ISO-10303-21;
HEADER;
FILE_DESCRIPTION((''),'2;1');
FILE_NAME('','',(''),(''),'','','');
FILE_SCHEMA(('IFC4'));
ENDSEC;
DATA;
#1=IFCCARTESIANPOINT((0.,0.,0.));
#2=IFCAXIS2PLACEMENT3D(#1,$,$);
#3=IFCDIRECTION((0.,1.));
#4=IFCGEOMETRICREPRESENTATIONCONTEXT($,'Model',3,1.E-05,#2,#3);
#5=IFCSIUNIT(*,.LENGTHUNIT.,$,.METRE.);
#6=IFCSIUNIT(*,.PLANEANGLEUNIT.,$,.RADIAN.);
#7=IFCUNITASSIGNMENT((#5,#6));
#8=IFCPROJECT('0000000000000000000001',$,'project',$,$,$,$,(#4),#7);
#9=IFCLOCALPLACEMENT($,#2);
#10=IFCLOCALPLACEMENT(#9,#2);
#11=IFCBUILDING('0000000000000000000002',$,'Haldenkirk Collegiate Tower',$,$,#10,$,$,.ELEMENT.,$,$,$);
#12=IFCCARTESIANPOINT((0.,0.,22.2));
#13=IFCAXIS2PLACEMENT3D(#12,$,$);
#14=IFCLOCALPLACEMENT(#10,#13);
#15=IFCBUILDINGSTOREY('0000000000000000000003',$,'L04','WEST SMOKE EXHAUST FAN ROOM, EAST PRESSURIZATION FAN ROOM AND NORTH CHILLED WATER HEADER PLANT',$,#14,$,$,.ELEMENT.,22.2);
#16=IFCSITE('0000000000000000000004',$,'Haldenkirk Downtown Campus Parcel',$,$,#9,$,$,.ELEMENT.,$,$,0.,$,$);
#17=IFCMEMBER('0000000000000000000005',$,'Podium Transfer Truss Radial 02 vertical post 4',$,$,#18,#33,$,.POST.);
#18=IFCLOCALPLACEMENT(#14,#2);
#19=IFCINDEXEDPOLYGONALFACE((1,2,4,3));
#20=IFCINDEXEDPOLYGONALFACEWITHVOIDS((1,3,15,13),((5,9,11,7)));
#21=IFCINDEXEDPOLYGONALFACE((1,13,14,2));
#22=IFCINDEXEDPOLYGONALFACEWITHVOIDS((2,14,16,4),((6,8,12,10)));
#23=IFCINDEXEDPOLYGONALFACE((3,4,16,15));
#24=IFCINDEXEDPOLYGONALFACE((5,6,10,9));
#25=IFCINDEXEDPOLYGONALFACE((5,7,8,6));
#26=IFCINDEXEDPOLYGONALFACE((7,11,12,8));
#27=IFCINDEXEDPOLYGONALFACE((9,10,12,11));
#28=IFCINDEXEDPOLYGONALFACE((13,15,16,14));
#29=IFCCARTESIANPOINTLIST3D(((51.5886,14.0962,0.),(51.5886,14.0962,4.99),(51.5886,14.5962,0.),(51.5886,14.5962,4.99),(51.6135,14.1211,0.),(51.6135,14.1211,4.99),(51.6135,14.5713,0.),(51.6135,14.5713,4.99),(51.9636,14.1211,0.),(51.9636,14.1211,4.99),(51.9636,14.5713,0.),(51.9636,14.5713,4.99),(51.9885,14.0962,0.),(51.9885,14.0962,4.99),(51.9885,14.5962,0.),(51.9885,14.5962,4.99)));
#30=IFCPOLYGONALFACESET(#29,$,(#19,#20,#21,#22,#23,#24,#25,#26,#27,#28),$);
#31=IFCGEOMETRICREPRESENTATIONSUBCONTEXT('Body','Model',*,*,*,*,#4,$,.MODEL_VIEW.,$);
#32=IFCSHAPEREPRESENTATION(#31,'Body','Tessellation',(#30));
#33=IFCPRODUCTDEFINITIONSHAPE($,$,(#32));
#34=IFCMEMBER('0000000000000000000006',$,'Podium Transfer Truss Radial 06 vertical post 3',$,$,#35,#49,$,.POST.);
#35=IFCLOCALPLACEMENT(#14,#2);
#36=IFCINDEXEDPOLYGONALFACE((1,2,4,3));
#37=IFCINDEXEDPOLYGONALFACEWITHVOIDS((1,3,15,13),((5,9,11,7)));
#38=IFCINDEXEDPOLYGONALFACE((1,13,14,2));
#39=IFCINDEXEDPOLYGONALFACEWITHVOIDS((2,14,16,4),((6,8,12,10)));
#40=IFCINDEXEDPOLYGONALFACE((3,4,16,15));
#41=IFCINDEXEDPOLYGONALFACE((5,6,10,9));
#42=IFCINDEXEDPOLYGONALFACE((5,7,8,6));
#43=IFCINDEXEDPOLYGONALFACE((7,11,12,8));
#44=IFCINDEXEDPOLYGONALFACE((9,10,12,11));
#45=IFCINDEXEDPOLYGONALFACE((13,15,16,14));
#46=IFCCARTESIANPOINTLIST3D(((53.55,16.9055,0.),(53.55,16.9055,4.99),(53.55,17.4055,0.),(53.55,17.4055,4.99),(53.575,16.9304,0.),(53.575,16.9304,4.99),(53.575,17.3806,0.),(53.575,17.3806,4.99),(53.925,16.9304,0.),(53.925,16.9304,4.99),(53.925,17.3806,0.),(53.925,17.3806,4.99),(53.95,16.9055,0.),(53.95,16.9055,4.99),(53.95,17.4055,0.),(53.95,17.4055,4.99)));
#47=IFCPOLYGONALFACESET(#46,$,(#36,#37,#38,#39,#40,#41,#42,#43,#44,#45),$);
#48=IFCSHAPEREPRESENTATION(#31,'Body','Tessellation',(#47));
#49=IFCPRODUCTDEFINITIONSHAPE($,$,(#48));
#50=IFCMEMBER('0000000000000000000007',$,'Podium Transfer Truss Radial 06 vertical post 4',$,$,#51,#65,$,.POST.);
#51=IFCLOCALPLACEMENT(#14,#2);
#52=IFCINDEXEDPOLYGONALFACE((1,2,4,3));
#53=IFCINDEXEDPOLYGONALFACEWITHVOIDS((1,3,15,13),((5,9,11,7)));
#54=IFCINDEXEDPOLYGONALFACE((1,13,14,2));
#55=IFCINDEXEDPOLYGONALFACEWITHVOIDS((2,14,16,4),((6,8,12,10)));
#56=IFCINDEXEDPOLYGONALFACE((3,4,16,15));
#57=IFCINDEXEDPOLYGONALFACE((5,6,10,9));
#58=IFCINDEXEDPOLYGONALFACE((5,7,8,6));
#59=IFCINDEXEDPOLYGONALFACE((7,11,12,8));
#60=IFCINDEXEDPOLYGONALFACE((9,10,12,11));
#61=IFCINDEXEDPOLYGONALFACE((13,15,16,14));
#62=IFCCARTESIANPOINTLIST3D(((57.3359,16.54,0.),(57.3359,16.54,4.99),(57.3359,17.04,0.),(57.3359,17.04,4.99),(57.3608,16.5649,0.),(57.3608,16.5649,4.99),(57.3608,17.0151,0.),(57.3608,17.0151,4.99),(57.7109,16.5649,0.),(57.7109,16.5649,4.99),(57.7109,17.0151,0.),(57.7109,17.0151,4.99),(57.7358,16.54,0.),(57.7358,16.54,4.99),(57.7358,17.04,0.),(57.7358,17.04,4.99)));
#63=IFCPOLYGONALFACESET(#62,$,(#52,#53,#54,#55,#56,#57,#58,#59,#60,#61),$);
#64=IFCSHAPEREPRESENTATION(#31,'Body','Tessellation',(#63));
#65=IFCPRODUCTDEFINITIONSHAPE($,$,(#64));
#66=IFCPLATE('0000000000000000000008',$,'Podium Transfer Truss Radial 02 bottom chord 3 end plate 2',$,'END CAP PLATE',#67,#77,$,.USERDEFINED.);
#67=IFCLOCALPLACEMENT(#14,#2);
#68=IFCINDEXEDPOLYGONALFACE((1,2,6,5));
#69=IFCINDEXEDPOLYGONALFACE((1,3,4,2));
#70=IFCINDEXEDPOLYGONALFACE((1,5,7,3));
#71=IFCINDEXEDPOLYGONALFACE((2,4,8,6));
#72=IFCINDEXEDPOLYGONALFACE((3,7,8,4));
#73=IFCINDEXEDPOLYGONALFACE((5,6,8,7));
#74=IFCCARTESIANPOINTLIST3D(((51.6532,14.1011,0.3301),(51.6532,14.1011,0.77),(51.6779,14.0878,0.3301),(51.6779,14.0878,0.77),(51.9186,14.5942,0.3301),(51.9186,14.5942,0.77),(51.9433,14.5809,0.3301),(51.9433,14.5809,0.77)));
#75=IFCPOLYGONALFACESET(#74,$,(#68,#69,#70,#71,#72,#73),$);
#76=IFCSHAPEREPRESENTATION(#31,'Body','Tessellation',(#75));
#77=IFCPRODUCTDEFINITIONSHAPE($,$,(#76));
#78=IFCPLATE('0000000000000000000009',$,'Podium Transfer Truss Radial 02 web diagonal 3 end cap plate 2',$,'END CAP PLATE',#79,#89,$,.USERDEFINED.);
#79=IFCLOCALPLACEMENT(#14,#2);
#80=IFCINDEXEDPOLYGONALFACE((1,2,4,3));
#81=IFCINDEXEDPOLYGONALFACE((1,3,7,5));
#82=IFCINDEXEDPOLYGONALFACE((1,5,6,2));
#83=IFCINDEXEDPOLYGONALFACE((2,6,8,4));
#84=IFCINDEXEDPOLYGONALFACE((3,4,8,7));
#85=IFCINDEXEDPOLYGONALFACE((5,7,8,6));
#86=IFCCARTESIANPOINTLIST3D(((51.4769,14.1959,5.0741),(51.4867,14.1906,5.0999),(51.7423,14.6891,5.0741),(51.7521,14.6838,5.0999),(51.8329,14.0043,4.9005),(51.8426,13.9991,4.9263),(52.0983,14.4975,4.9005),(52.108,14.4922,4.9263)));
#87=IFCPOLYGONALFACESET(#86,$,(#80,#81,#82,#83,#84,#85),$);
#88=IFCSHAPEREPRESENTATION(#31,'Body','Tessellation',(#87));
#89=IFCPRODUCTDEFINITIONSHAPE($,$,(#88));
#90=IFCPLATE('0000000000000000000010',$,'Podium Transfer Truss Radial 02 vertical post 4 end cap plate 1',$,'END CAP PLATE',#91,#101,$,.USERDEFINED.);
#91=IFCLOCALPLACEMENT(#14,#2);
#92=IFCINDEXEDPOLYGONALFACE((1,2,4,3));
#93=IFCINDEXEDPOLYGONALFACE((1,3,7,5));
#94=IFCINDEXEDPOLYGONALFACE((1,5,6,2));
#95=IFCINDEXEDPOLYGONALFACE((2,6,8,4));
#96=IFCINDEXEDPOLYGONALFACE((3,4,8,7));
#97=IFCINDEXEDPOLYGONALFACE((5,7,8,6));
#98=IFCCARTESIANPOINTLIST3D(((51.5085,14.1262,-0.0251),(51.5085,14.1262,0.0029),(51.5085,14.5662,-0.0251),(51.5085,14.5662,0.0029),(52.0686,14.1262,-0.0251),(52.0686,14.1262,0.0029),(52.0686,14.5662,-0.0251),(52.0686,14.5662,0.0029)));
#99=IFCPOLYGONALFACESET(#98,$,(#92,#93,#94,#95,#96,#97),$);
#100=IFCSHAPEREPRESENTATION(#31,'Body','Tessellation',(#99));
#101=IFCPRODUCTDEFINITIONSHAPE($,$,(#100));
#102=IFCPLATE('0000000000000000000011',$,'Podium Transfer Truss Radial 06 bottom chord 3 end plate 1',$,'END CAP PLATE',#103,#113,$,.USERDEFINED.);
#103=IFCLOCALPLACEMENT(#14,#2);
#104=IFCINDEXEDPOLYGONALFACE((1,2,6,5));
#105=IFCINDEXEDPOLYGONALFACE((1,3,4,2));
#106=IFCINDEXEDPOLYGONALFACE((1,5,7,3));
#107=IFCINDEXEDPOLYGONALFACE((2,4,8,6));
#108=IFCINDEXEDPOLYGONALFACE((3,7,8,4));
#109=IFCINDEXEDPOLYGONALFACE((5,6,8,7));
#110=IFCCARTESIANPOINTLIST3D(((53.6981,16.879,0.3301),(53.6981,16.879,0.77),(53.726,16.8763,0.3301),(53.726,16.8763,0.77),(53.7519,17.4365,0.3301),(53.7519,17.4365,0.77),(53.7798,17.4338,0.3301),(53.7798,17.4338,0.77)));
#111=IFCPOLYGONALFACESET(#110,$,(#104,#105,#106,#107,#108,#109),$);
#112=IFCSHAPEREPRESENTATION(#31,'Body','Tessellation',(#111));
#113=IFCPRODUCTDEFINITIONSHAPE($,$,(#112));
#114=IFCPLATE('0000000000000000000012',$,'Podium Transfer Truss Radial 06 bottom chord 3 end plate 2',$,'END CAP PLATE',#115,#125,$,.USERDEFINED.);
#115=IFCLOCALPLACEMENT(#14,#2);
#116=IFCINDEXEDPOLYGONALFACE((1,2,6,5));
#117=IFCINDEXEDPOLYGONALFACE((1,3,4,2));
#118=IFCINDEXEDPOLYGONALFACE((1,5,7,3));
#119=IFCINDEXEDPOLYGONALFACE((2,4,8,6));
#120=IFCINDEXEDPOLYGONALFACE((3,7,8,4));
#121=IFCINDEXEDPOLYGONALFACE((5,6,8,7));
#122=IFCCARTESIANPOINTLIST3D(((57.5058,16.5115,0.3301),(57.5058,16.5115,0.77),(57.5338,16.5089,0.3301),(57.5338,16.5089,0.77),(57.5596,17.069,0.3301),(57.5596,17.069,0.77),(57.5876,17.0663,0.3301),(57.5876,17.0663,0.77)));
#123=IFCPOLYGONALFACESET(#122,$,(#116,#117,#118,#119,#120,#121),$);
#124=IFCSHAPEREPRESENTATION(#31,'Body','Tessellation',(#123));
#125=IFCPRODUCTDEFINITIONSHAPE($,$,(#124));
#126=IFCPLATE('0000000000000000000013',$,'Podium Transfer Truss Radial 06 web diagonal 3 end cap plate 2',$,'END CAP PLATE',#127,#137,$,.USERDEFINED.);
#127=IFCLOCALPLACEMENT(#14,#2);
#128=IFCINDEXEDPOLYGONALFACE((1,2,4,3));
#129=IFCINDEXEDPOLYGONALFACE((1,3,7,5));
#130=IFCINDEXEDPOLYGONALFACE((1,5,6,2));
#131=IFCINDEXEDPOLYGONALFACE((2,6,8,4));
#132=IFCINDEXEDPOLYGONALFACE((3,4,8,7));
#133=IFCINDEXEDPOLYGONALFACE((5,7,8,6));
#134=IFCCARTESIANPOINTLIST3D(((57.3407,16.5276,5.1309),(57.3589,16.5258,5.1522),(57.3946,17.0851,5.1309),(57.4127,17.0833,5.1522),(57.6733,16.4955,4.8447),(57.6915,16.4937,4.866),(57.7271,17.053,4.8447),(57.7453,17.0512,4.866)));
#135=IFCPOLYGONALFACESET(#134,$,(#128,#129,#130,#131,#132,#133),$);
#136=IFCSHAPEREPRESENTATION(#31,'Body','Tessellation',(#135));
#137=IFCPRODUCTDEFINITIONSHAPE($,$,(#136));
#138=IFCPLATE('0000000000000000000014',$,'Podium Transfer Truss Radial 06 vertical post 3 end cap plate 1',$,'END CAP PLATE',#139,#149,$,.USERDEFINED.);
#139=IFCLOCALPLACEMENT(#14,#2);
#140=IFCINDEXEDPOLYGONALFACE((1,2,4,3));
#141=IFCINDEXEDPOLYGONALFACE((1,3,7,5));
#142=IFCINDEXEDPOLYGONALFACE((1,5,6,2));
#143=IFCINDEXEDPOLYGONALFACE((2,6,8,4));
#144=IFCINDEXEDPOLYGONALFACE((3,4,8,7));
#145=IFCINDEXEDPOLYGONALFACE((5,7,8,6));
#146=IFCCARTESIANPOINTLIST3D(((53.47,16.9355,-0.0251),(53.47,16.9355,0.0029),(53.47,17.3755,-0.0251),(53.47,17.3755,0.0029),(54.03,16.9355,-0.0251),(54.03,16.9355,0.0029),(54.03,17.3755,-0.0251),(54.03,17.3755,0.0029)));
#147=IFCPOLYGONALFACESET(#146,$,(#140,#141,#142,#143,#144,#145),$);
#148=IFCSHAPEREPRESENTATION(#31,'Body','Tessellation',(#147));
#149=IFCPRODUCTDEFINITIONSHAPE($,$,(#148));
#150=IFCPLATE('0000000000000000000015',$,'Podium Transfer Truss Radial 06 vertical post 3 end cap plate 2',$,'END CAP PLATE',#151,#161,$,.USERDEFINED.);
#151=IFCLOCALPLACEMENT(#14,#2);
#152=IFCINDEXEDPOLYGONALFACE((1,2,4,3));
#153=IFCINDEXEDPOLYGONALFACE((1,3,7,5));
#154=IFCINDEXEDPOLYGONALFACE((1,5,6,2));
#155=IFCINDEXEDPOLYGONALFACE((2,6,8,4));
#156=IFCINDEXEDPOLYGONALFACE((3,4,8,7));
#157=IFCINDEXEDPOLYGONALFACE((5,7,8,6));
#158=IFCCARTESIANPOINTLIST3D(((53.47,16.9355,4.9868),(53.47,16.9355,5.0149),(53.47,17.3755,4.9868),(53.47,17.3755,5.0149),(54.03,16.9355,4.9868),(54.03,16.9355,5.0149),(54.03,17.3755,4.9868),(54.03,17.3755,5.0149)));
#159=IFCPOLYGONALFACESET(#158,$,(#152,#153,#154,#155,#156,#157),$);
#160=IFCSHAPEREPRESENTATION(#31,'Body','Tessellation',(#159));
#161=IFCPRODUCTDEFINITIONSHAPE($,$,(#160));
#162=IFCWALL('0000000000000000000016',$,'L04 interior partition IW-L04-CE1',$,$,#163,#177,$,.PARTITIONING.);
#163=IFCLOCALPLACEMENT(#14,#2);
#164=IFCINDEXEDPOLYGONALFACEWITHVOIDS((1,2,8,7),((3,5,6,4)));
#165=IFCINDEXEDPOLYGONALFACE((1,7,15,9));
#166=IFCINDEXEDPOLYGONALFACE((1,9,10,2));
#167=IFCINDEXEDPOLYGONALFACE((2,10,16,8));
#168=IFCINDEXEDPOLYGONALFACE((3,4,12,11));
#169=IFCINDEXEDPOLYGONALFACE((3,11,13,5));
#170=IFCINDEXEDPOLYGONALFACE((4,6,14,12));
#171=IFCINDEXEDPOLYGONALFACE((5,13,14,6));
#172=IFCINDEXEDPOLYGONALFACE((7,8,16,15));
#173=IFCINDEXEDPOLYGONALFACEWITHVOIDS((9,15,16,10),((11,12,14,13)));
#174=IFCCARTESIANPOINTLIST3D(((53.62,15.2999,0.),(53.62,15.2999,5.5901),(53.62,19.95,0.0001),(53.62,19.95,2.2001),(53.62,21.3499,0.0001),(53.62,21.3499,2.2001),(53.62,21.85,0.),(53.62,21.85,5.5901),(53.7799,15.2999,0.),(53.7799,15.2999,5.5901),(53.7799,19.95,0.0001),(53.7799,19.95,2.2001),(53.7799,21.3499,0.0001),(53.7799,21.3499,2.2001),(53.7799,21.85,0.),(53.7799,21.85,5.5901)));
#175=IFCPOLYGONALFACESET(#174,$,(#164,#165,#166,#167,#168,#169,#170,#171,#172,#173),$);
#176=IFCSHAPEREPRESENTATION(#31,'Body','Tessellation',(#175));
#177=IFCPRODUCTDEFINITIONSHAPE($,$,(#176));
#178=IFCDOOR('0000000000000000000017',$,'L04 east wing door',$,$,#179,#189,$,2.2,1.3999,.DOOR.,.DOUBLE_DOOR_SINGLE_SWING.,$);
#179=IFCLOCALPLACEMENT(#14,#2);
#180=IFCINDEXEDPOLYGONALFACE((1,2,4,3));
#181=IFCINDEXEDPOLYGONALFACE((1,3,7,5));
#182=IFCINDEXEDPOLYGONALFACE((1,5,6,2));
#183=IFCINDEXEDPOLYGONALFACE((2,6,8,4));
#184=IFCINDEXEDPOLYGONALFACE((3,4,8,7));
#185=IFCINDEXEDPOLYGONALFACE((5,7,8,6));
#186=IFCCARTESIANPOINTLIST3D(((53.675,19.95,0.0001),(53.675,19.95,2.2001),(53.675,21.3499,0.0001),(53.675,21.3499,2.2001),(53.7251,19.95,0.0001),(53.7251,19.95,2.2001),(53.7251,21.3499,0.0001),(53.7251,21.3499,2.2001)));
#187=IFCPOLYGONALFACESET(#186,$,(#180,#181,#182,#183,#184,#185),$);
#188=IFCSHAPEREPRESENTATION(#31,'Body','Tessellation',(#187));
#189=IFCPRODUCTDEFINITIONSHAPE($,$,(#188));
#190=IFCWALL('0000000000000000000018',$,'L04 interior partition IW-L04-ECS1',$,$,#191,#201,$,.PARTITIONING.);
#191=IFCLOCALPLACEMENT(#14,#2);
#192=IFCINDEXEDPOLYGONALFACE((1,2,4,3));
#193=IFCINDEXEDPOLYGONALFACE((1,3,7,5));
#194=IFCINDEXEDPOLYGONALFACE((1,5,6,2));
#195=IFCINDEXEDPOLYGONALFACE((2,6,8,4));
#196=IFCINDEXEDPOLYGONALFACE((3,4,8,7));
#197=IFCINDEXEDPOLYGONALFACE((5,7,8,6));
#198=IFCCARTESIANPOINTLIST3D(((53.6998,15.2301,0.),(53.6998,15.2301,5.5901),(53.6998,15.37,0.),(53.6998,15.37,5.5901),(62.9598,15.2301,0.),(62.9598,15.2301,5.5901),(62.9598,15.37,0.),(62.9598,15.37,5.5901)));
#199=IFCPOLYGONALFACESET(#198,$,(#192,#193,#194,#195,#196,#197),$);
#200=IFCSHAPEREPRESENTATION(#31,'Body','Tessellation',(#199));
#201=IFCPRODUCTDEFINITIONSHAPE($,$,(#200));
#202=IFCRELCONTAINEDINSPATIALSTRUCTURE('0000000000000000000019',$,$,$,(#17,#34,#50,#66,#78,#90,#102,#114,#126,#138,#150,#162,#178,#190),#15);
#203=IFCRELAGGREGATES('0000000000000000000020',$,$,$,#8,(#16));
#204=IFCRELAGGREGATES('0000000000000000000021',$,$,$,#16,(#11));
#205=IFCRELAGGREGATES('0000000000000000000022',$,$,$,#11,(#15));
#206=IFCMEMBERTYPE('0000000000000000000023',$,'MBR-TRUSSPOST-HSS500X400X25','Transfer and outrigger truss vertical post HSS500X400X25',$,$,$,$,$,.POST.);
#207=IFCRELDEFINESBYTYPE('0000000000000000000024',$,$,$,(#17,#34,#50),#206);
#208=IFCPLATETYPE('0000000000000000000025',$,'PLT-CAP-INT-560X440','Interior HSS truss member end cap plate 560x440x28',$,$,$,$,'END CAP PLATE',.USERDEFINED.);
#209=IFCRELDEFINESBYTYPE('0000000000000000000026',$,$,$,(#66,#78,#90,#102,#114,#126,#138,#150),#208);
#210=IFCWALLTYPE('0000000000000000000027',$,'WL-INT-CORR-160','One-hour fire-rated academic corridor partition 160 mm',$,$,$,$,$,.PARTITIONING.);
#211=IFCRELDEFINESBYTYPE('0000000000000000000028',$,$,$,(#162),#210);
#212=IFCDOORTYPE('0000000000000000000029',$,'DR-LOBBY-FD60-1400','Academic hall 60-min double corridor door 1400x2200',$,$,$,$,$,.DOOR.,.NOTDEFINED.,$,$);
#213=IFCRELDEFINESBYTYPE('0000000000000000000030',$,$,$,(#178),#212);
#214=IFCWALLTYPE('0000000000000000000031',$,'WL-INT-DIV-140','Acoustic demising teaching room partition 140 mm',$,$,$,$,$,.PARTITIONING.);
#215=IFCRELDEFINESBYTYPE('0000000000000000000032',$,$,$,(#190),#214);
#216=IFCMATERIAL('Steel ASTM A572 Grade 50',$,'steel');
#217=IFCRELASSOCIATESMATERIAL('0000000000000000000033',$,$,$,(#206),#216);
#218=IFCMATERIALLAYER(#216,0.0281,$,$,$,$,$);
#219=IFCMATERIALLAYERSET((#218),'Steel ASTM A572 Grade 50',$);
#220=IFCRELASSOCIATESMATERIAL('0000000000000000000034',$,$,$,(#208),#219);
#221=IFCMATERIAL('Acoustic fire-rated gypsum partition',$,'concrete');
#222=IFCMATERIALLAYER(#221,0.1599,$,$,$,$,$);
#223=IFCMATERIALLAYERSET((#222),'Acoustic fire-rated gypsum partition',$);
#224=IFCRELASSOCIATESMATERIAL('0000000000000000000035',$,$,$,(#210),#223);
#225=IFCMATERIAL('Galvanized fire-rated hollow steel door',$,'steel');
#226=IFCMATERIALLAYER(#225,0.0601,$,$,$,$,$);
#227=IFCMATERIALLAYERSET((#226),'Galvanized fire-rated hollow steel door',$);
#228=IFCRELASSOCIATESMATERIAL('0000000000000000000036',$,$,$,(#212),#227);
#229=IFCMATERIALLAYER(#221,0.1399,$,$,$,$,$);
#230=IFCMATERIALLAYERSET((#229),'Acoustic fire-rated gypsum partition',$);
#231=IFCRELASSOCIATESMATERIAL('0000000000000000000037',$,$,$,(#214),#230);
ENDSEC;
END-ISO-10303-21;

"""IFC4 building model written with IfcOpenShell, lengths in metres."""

from ifc_helpers import new_model, si_unit, direction, frame, frame_2d, origin, origin_2d, place, context, subcontext, project, spatial, rectangle, hollow_rectangle, extrude, source, transform, mapped, material, layer, layer_set, material_profile, profile_set, type_object, element, fill, save


model = new_model("IFC4")

# Units and contexts
model_context = context("Model", 3, precision=1e-05, world=origin(), true_north=direction((0.0, 1.0)))
body_context = subcontext(model_context, "Body", "Model", "MODEL_VIEW")
ifc_project = project(units=[si_unit("LENGTHUNIT", "METRE"), si_unit("PLANEANGLEUNIT", "RADIAN")], contexts=[model_context])

# Site, building, storey
site_placement = place(None, origin())
site = spatial("IfcSite", under=ifc_project, at=site_placement, Name="Haldenkirk Downtown Campus Parcel", CompositionType="ELEMENT", RefElevation=0.0)
building_placement = place(site_placement, origin())
building = spatial("IfcBuilding", under=site, at=building_placement, Name="Haldenkirk Collegiate Tower", CompositionType="ELEMENT")
storey_placement = place(building_placement, frame((0.0, 0.0, 22.2)))
storey = spatial("IfcBuildingStorey", under=building, at=storey_placement, Name="L04", Description="WEST SMOKE EXHAUST FAN ROOM, EAST PRESSURIZATION FAN ROOM AND NORTH CHILLED WATER HEADER PLANT", CompositionType="ELEMENT", Elevation=22.2)

# Members
ifc_material_1 = material(Name="Steel ASTM A572 Grade 50", Category="steel")
ifc_material_profile_1 = material_profile(ifc_material_1, hollow_rectangle(XDim=0.3999, YDim=0.5, WallThickness=0.0249, at=origin_2d()), Name="HSS500X400X25")
ifc_profile_set_1 = profile_set([ifc_material_profile_1], Name="Steel ASTM A572 Grade 50")
member_type_1 = type_object("IfcMemberType", Name="MBR-TRUSSPOST-HSS500X400X25", Description="Transfer and outrigger truss vertical post HSS500X400X25", PredefinedType="POST", material=ifc_profile_set_1)
for number, where, z_axis, x_axis, name in (
    (1, (51.7886, 14.3462, 0.0), (0.0, 0.0, 1.0), (1.0, 0.0, 0.0), "Podium Transfer Truss Radial 02 vertical post 4"),
    (2, (53.75, 17.1555, 0.0), (0.0, 0.0, 1.0), (1.0, 0.0, 0.0), "Podium Transfer Truss Radial 06 vertical post 3"),
    (3, (57.5359, 16.79, 0.0), (0.0, 0.0, 1.0), (1.0, 0.0, 0.0), "Podium Transfer Truss Radial 06 vertical post 4"),
):
    element("IfcMember", number, at=place(storey_placement, frame(where, z_axis=z_axis, x_axis=x_axis)), inside=storey, type_object=member_type_1, Name=name, PredefinedType="POST", context=body_context, shape_type="SweptSolid", body=[
        extrude(hollow_rectangle(XDim=0.3999, YDim=0.5, WallThickness=0.0249, at=origin_2d()), origin(), (0.0, 0.0, 1.0), 4.99),
    ])

# Plates
ifc_layer_1 = layer(ifc_material_1, 0.0281)
ifc_layer_set_1 = layer_set([ifc_layer_1], Name="Steel ASTM A572 Grade 50")
plate_type = type_object("IfcPlateType", Name="PLT-CAP-INT-560X440", Description="Interior HSS truss member end cap plate 560x440x28", ElementType="END CAP PLATE", PredefinedType="USERDEFINED", material=ifc_layer_set_1)
shared_shape = source(origin(), body_context, "Body", "SweptSolid", [
    extrude(rectangle(XDim=0.5601, YDim=0.4399, at=origin_2d()), origin(), (0.0, 0.0, 1.0), 0.0281),
])
for number, where, z_axis, x_axis, name in (
    (4, (51.7859, 14.3477, 0.55), (0.880556, -0.473942, 0.0), (0.473942, 0.880556, 0.0), "Podium Transfer Truss Radial 02 bottom chord 3 end plate 2"),
    (5, (51.7876, 14.3467, 4.9873), (0.34752, -0.187036, 0.918829), (0.473922, 0.880567, 0.0), "Podium Transfer Truss Radial 02 web diagonal 3 end cap plate 2"),
    (6, (51.7886, 14.3462, 0.0029), (0.0, 0.0, -1.0), (1.0, 0.0, 0.0), "Podium Transfer Truss Radial 02 vertical post 4 end cap plate 1"),
    (7, (53.7529, 17.155, 0.55), (-0.995373, 0.096082, 0.0), (-0.096082, -0.995373, 0.0), "Podium Transfer Truss Radial 06 bottom chord 3 end plate 1"),
    (8, (57.5327, 16.7903, 0.55), (0.995373, -0.096082, 0.0), (0.096082, 0.995373, 0.0), "Podium Transfer Truss Radial 06 bottom chord 3 end plate 2"),
    (9, (57.5339, 16.7903, 4.9878), (0.647553, -0.062501, 0.759453), (0.096072, 0.995374, 0.0), "Podium Transfer Truss Radial 06 web diagonal 3 end cap plate 2"),
    (10, (53.75, 17.1555, 0.0029), (0.0, 0.0, -1.0), (1.0, 0.0, 0.0), "Podium Transfer Truss Radial 06 vertical post 3 end cap plate 1"),
    (11, (53.75, 17.1555, 4.9868), (0.0, 0.0, 1.0), (1.0, 0.0, 0.0), "Podium Transfer Truss Radial 06 vertical post 3 end cap plate 2"),
):
    element("IfcPlate", number, at=place(storey_placement, frame(where, z_axis=z_axis, x_axis=x_axis)), inside=storey, type_object=plate_type, Name=name, ObjectType="END CAP PLATE", PredefinedType="USERDEFINED", context=body_context, shape_type="MappedRepresentation", body=[
        mapped(shared_shape, transform((0.0, 0.0, 0.0), x_axis=(1.0, 0.0, 0.0), y_axis=(0.0, 1.0, 0.0), z_axis=(0.0, 0.0, 1.0), scale=1.0)),
    ])

# Wall, opening, door
ifc_material_2 = material(Name="Acoustic fire-rated gypsum partition", Category="concrete")
ifc_layer_2 = layer(ifc_material_2, 0.1599)
ifc_layer_set_2 = layer_set([ifc_layer_2], Name="Acoustic fire-rated gypsum partition")
wall_type_1 = type_object("IfcWallType", Name="WL-INT-CORR-160", Description="One-hour fire-rated academic corridor partition 160 mm", PredefinedType="PARTITIONING", material=ifc_layer_set_2)
wall_1_placement = place(storey_placement, frame((53.7, 15.3, 0.0), z_axis=(0.0, 0.0, 1.0), x_axis=(0.0, 1.0, 0.0)))
wall_1 = element("IfcWall", 12, at=wall_1_placement, inside=storey, type_object=wall_type_1, Name="L04 interior partition IW-L04-CE1", PredefinedType="PARTITIONING", context=body_context, shape_type="SweptSolid", body=[
    extrude(rectangle(XDim=6.55, YDim=0.1599, at=frame_2d((3.2749, 0.0))), origin(), (0.0, 0.0, 1.0), 5.5901),
])
opening_placement = place(wall_1_placement, frame((4.6499, 0.0, 0.0)))
opening = element("IfcOpeningElement", 13, at=opening_placement, cuts=wall_1, PredefinedType="OPENING", context=body_context, shape_type="SweptSolid", body=[
    extrude(rectangle(XDim=1.3999, YDim=2.2, at=frame_2d((0.7, 1.1001))), frame((0.0, 0.0898, 0.0), z_axis=(0.0, -1.0, 0.0), x_axis=(1.0, 0.0, 0.0)), (0.0, 0.0, 1.0), 0.1799),
])
ifc_material_3 = material(Name="Galvanized fire-rated hollow steel door", Category="steel")
ifc_layer_3 = layer(ifc_material_3, 0.0601)
ifc_layer_set_3 = layer_set([ifc_layer_3], Name="Galvanized fire-rated hollow steel door")
door_type = type_object("IfcDoorType", Name="DR-LOBBY-FD60-1400", Description="Academic hall 60-min double corridor door 1400x2200", OperationType="NOTDEFINED", PredefinedType="DOOR", material=ifc_layer_set_3)
door_placement = place(opening_placement, origin())
door = element("IfcDoor", 14, at=door_placement, inside=storey, type_object=door_type, Name="L04 east wing door", OperationType="DOUBLE_DOOR_SINGLE_SWING", OverallHeight=2.2, OverallWidth=1.3999, PredefinedType="DOOR", context=body_context, shape_type="SweptSolid", body=[
    extrude(rectangle(XDim=1.3999, YDim=2.2, at=frame_2d((0.7, 1.1001))), frame((0.0, 0.0249, 0.0), z_axis=(0.0, -1.0, 0.0), x_axis=(1.0, 0.0, 0.0)), (0.0, 0.0, 1.0), 0.05),
])
fill(opening, door)

# Wall
ifc_layer_4 = layer(ifc_material_2, 0.1399)
ifc_layer_set_4 = layer_set([ifc_layer_4], Name="Acoustic fire-rated gypsum partition")
wall_type_2 = type_object("IfcWallType", Name="WL-INT-DIV-140", Description="Acoustic demising teaching room partition 140 mm", PredefinedType="PARTITIONING", material=ifc_layer_set_4)
wall_2_placement = place(storey_placement, frame((53.7, 15.3, 0.0), z_axis=(0.0, 0.0, 1.0), x_axis=(1.0, 0.0, 0.0)))
element("IfcWall", 15, at=wall_2_placement, inside=storey, type_object=wall_type_2, Name="L04 interior partition IW-L04-ECS1", PredefinedType="PARTITIONING", context=body_context, shape_type="SweptSolid", body=[
    extrude(rectangle(XDim=9.26, YDim=0.1399, at=frame_2d((4.6299, 0.0))), origin(), (0.0, 0.0, 1.0), 5.5901),
])

save(model, "model.ifc")
